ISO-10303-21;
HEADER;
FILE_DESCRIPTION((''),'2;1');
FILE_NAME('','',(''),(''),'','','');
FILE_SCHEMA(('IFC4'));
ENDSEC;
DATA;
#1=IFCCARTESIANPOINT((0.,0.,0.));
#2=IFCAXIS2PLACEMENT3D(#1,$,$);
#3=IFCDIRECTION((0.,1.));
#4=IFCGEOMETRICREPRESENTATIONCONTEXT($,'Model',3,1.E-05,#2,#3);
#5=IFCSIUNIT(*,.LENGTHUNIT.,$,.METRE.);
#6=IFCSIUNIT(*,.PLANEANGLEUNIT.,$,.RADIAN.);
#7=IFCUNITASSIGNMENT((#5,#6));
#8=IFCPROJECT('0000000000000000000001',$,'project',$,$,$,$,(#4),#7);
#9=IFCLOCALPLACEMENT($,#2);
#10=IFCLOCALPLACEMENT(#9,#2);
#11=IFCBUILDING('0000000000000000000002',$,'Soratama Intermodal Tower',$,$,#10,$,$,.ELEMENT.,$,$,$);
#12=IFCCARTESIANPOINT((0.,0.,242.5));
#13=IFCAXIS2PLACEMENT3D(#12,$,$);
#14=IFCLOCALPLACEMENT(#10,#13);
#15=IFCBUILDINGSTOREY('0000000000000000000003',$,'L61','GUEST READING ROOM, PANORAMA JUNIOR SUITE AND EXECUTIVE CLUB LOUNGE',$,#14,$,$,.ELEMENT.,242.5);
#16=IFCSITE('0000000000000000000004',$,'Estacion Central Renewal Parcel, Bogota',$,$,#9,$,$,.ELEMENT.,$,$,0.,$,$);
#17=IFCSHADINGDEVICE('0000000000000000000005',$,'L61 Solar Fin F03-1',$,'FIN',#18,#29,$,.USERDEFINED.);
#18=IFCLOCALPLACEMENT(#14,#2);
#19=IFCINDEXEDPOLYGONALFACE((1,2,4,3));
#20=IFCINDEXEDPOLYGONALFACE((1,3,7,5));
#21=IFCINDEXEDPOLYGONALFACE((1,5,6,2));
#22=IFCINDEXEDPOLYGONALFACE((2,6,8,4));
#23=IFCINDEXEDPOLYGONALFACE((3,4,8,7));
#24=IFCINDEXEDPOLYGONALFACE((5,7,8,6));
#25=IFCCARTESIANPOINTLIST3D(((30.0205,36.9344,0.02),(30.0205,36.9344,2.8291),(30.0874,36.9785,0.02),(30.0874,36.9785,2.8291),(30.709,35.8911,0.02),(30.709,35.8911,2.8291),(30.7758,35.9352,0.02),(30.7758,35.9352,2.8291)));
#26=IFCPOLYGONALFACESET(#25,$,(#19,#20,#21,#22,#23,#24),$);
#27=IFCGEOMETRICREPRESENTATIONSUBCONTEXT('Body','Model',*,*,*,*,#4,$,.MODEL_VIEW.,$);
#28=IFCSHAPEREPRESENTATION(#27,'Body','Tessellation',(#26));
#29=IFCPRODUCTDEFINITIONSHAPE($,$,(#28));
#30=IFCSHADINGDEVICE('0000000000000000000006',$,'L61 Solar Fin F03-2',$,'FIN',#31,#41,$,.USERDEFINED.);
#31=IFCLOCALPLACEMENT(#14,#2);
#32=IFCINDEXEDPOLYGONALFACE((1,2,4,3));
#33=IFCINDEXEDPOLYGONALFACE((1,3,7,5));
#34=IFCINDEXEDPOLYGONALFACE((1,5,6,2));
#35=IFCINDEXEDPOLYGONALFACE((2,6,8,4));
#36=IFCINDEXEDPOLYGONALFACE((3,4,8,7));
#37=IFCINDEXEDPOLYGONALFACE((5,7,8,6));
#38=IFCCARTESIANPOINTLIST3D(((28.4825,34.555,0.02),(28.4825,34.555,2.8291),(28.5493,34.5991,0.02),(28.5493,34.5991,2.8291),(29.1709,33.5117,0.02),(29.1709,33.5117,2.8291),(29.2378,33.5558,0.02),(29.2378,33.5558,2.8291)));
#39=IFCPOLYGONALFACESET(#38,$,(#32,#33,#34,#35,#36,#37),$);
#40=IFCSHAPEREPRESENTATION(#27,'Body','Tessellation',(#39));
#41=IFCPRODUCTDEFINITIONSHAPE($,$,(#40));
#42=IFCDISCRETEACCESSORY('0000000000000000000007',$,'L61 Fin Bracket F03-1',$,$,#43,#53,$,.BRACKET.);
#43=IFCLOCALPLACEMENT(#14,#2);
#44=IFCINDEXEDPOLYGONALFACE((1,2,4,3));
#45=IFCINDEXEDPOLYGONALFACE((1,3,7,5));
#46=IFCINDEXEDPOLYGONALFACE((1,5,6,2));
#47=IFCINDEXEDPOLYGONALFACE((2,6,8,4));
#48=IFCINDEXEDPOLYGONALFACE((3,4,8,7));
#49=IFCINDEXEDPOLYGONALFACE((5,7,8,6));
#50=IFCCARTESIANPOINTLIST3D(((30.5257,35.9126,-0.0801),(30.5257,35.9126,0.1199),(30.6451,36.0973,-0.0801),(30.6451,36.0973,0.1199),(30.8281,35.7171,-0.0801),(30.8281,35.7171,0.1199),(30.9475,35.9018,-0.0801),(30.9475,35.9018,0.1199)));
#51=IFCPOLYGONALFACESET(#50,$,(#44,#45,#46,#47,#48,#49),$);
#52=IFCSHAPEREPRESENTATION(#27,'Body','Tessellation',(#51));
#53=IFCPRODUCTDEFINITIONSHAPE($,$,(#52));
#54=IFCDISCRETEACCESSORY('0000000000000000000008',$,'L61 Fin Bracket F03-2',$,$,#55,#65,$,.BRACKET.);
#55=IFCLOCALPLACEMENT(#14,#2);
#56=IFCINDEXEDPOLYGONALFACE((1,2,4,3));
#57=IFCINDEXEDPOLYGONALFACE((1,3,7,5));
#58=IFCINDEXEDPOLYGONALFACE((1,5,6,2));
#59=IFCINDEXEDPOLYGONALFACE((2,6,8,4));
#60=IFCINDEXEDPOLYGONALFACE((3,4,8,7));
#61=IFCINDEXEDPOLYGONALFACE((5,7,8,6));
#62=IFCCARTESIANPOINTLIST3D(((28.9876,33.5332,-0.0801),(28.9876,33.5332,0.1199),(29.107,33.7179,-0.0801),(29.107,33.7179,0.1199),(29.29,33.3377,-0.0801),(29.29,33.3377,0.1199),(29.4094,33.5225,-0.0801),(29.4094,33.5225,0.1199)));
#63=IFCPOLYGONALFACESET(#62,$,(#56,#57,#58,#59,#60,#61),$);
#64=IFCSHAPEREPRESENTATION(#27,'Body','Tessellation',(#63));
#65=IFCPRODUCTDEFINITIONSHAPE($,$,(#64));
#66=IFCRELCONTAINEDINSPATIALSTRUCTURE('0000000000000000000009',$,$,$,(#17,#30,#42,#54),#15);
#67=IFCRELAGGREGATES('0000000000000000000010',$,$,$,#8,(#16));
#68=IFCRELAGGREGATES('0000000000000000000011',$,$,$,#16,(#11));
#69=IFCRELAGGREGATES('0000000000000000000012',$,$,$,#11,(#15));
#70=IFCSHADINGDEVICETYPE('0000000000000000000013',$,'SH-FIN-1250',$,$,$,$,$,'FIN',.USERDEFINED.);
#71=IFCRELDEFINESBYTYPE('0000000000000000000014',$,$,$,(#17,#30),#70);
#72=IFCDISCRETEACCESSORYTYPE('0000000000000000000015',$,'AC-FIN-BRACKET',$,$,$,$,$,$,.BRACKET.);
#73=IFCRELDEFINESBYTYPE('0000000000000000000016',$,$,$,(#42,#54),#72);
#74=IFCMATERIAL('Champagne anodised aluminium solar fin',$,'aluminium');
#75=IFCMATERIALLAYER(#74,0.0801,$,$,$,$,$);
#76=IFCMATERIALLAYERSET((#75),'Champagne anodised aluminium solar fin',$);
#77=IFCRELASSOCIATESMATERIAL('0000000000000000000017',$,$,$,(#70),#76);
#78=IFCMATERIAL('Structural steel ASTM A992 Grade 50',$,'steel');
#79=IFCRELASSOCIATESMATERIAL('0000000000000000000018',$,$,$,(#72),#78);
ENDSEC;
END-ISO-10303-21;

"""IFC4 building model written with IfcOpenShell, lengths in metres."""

from ifc_helpers import new_model, si_unit, direction, frame, origin, origin_2d, place, context, subcontext, project, spatial, rectangle, extrude, material, layer, layer_set, type_object, element, save


model = new_model("IFC4")

# Units and contexts
model_context = context("Model", 3, precision=1e-05, world=origin(), true_north=direction((0.0, 1.0)))
body_context = subcontext(model_context, "Body", "Model", "MODEL_VIEW")
ifc_project = project(units=[si_unit("LENGTHUNIT", "METRE"), si_unit("PLANEANGLEUNIT", "RADIAN")], contexts=[model_context])

# Site, building, storey
site_placement = place(None, origin())
site = spatial("IfcSite", under=ifc_project, at=site_placement, Name="Estacion Central Renewal Parcel, Bogota", CompositionType="ELEMENT", RefElevation=0.0)
building_placement = place(site_placement, origin())
building = spatial("IfcBuilding", under=site, at=building_placement, Name="Soratama Intermodal Tower", CompositionType="ELEMENT")
storey_placement = place(building_placement, frame((0.0, 0.0, 242.5)))
storey = spatial("IfcBuildingStorey", under=building, at=storey_placement, Name="L61", Description="GUEST READING ROOM, PANORAMA JUNIOR SUITE AND EXECUTIVE CLUB LOUNGE", CompositionType="ELEMENT", Elevation=242.5)

# Shading devices
ifc_material_1 = material(Name="Champagne anodised aluminium solar fin", Category="aluminium")
ifc_layer_1 = layer(ifc_material_1, 0.0801)
ifc_layer_set_1 = layer_set([ifc_layer_1], Name="Champagne anodised aluminium solar fin")
shading_device_type = type_object("IfcShadingDeviceType", Name="SH-FIN-1250", ElementType="FIN", PredefinedType="USERDEFINED", material=ifc_layer_set_1)
for number, where, z_axis, x_axis, name in (
    (1, (30.3982, 36.4348, 0.02), (0.0, 0.0, 1.0), (-0.550772, 0.834656, 0.0), "L61 Solar Fin F03-1"),
    (2, (28.8601, 34.0554, 0.02), (0.0, 0.0, 1.0), (-0.550772, 0.834656, 0.0), "L61 Solar Fin F03-2"),
):
    element("IfcShadingDevice", number, at=place(storey_placement, frame(where, z_axis=z_axis, x_axis=x_axis)), inside=storey, type_object=shading_device_type, Name=name, ObjectType="FIN", PredefinedType="USERDEFINED", context=body_context, shape_type="SweptSolid", body=[
        extrude(rectangle(XDim=1.25, YDim=0.0801, at=origin_2d()), origin(), (0.0, 0.0, 1.0), 2.8091),
    ])

# Discrete accessories
ifc_material_2 = material(Name="Structural steel ASTM A992 Grade 50", Category="steel")
discrete_accessory_type = type_object("IfcDiscreteAccessoryType", Name="AC-FIN-BRACKET", PredefinedType="BRACKET", material=ifc_material_2)
for number, where, z_axis, x_axis, name in (
    (3, (30.7366, 35.9072, -0.0801), (0.0, 0.0, 1.0), (-0.839809, 0.542881, 0.0), "L61 Fin Bracket F03-1"),
    (4, (29.1985, 33.5278, -0.0801), (0.0, 0.0, 1.0), (-0.839809, 0.542881, 0.0), "L61 Fin Bracket F03-2"),
):
    element("IfcDiscreteAccessory", number, at=place(storey_placement, frame(where, z_axis=z_axis, x_axis=x_axis)), inside=storey, type_object=discrete_accessory_type, Name=name, PredefinedType="BRACKET", context=body_context, shape_type="SweptSolid", body=[
        extrude(rectangle(XDim=0.3601, YDim=0.22, at=origin_2d()), origin(), (0.0, 0.0, 1.0), 0.2),
    ])

save(model, "model.ifc")
